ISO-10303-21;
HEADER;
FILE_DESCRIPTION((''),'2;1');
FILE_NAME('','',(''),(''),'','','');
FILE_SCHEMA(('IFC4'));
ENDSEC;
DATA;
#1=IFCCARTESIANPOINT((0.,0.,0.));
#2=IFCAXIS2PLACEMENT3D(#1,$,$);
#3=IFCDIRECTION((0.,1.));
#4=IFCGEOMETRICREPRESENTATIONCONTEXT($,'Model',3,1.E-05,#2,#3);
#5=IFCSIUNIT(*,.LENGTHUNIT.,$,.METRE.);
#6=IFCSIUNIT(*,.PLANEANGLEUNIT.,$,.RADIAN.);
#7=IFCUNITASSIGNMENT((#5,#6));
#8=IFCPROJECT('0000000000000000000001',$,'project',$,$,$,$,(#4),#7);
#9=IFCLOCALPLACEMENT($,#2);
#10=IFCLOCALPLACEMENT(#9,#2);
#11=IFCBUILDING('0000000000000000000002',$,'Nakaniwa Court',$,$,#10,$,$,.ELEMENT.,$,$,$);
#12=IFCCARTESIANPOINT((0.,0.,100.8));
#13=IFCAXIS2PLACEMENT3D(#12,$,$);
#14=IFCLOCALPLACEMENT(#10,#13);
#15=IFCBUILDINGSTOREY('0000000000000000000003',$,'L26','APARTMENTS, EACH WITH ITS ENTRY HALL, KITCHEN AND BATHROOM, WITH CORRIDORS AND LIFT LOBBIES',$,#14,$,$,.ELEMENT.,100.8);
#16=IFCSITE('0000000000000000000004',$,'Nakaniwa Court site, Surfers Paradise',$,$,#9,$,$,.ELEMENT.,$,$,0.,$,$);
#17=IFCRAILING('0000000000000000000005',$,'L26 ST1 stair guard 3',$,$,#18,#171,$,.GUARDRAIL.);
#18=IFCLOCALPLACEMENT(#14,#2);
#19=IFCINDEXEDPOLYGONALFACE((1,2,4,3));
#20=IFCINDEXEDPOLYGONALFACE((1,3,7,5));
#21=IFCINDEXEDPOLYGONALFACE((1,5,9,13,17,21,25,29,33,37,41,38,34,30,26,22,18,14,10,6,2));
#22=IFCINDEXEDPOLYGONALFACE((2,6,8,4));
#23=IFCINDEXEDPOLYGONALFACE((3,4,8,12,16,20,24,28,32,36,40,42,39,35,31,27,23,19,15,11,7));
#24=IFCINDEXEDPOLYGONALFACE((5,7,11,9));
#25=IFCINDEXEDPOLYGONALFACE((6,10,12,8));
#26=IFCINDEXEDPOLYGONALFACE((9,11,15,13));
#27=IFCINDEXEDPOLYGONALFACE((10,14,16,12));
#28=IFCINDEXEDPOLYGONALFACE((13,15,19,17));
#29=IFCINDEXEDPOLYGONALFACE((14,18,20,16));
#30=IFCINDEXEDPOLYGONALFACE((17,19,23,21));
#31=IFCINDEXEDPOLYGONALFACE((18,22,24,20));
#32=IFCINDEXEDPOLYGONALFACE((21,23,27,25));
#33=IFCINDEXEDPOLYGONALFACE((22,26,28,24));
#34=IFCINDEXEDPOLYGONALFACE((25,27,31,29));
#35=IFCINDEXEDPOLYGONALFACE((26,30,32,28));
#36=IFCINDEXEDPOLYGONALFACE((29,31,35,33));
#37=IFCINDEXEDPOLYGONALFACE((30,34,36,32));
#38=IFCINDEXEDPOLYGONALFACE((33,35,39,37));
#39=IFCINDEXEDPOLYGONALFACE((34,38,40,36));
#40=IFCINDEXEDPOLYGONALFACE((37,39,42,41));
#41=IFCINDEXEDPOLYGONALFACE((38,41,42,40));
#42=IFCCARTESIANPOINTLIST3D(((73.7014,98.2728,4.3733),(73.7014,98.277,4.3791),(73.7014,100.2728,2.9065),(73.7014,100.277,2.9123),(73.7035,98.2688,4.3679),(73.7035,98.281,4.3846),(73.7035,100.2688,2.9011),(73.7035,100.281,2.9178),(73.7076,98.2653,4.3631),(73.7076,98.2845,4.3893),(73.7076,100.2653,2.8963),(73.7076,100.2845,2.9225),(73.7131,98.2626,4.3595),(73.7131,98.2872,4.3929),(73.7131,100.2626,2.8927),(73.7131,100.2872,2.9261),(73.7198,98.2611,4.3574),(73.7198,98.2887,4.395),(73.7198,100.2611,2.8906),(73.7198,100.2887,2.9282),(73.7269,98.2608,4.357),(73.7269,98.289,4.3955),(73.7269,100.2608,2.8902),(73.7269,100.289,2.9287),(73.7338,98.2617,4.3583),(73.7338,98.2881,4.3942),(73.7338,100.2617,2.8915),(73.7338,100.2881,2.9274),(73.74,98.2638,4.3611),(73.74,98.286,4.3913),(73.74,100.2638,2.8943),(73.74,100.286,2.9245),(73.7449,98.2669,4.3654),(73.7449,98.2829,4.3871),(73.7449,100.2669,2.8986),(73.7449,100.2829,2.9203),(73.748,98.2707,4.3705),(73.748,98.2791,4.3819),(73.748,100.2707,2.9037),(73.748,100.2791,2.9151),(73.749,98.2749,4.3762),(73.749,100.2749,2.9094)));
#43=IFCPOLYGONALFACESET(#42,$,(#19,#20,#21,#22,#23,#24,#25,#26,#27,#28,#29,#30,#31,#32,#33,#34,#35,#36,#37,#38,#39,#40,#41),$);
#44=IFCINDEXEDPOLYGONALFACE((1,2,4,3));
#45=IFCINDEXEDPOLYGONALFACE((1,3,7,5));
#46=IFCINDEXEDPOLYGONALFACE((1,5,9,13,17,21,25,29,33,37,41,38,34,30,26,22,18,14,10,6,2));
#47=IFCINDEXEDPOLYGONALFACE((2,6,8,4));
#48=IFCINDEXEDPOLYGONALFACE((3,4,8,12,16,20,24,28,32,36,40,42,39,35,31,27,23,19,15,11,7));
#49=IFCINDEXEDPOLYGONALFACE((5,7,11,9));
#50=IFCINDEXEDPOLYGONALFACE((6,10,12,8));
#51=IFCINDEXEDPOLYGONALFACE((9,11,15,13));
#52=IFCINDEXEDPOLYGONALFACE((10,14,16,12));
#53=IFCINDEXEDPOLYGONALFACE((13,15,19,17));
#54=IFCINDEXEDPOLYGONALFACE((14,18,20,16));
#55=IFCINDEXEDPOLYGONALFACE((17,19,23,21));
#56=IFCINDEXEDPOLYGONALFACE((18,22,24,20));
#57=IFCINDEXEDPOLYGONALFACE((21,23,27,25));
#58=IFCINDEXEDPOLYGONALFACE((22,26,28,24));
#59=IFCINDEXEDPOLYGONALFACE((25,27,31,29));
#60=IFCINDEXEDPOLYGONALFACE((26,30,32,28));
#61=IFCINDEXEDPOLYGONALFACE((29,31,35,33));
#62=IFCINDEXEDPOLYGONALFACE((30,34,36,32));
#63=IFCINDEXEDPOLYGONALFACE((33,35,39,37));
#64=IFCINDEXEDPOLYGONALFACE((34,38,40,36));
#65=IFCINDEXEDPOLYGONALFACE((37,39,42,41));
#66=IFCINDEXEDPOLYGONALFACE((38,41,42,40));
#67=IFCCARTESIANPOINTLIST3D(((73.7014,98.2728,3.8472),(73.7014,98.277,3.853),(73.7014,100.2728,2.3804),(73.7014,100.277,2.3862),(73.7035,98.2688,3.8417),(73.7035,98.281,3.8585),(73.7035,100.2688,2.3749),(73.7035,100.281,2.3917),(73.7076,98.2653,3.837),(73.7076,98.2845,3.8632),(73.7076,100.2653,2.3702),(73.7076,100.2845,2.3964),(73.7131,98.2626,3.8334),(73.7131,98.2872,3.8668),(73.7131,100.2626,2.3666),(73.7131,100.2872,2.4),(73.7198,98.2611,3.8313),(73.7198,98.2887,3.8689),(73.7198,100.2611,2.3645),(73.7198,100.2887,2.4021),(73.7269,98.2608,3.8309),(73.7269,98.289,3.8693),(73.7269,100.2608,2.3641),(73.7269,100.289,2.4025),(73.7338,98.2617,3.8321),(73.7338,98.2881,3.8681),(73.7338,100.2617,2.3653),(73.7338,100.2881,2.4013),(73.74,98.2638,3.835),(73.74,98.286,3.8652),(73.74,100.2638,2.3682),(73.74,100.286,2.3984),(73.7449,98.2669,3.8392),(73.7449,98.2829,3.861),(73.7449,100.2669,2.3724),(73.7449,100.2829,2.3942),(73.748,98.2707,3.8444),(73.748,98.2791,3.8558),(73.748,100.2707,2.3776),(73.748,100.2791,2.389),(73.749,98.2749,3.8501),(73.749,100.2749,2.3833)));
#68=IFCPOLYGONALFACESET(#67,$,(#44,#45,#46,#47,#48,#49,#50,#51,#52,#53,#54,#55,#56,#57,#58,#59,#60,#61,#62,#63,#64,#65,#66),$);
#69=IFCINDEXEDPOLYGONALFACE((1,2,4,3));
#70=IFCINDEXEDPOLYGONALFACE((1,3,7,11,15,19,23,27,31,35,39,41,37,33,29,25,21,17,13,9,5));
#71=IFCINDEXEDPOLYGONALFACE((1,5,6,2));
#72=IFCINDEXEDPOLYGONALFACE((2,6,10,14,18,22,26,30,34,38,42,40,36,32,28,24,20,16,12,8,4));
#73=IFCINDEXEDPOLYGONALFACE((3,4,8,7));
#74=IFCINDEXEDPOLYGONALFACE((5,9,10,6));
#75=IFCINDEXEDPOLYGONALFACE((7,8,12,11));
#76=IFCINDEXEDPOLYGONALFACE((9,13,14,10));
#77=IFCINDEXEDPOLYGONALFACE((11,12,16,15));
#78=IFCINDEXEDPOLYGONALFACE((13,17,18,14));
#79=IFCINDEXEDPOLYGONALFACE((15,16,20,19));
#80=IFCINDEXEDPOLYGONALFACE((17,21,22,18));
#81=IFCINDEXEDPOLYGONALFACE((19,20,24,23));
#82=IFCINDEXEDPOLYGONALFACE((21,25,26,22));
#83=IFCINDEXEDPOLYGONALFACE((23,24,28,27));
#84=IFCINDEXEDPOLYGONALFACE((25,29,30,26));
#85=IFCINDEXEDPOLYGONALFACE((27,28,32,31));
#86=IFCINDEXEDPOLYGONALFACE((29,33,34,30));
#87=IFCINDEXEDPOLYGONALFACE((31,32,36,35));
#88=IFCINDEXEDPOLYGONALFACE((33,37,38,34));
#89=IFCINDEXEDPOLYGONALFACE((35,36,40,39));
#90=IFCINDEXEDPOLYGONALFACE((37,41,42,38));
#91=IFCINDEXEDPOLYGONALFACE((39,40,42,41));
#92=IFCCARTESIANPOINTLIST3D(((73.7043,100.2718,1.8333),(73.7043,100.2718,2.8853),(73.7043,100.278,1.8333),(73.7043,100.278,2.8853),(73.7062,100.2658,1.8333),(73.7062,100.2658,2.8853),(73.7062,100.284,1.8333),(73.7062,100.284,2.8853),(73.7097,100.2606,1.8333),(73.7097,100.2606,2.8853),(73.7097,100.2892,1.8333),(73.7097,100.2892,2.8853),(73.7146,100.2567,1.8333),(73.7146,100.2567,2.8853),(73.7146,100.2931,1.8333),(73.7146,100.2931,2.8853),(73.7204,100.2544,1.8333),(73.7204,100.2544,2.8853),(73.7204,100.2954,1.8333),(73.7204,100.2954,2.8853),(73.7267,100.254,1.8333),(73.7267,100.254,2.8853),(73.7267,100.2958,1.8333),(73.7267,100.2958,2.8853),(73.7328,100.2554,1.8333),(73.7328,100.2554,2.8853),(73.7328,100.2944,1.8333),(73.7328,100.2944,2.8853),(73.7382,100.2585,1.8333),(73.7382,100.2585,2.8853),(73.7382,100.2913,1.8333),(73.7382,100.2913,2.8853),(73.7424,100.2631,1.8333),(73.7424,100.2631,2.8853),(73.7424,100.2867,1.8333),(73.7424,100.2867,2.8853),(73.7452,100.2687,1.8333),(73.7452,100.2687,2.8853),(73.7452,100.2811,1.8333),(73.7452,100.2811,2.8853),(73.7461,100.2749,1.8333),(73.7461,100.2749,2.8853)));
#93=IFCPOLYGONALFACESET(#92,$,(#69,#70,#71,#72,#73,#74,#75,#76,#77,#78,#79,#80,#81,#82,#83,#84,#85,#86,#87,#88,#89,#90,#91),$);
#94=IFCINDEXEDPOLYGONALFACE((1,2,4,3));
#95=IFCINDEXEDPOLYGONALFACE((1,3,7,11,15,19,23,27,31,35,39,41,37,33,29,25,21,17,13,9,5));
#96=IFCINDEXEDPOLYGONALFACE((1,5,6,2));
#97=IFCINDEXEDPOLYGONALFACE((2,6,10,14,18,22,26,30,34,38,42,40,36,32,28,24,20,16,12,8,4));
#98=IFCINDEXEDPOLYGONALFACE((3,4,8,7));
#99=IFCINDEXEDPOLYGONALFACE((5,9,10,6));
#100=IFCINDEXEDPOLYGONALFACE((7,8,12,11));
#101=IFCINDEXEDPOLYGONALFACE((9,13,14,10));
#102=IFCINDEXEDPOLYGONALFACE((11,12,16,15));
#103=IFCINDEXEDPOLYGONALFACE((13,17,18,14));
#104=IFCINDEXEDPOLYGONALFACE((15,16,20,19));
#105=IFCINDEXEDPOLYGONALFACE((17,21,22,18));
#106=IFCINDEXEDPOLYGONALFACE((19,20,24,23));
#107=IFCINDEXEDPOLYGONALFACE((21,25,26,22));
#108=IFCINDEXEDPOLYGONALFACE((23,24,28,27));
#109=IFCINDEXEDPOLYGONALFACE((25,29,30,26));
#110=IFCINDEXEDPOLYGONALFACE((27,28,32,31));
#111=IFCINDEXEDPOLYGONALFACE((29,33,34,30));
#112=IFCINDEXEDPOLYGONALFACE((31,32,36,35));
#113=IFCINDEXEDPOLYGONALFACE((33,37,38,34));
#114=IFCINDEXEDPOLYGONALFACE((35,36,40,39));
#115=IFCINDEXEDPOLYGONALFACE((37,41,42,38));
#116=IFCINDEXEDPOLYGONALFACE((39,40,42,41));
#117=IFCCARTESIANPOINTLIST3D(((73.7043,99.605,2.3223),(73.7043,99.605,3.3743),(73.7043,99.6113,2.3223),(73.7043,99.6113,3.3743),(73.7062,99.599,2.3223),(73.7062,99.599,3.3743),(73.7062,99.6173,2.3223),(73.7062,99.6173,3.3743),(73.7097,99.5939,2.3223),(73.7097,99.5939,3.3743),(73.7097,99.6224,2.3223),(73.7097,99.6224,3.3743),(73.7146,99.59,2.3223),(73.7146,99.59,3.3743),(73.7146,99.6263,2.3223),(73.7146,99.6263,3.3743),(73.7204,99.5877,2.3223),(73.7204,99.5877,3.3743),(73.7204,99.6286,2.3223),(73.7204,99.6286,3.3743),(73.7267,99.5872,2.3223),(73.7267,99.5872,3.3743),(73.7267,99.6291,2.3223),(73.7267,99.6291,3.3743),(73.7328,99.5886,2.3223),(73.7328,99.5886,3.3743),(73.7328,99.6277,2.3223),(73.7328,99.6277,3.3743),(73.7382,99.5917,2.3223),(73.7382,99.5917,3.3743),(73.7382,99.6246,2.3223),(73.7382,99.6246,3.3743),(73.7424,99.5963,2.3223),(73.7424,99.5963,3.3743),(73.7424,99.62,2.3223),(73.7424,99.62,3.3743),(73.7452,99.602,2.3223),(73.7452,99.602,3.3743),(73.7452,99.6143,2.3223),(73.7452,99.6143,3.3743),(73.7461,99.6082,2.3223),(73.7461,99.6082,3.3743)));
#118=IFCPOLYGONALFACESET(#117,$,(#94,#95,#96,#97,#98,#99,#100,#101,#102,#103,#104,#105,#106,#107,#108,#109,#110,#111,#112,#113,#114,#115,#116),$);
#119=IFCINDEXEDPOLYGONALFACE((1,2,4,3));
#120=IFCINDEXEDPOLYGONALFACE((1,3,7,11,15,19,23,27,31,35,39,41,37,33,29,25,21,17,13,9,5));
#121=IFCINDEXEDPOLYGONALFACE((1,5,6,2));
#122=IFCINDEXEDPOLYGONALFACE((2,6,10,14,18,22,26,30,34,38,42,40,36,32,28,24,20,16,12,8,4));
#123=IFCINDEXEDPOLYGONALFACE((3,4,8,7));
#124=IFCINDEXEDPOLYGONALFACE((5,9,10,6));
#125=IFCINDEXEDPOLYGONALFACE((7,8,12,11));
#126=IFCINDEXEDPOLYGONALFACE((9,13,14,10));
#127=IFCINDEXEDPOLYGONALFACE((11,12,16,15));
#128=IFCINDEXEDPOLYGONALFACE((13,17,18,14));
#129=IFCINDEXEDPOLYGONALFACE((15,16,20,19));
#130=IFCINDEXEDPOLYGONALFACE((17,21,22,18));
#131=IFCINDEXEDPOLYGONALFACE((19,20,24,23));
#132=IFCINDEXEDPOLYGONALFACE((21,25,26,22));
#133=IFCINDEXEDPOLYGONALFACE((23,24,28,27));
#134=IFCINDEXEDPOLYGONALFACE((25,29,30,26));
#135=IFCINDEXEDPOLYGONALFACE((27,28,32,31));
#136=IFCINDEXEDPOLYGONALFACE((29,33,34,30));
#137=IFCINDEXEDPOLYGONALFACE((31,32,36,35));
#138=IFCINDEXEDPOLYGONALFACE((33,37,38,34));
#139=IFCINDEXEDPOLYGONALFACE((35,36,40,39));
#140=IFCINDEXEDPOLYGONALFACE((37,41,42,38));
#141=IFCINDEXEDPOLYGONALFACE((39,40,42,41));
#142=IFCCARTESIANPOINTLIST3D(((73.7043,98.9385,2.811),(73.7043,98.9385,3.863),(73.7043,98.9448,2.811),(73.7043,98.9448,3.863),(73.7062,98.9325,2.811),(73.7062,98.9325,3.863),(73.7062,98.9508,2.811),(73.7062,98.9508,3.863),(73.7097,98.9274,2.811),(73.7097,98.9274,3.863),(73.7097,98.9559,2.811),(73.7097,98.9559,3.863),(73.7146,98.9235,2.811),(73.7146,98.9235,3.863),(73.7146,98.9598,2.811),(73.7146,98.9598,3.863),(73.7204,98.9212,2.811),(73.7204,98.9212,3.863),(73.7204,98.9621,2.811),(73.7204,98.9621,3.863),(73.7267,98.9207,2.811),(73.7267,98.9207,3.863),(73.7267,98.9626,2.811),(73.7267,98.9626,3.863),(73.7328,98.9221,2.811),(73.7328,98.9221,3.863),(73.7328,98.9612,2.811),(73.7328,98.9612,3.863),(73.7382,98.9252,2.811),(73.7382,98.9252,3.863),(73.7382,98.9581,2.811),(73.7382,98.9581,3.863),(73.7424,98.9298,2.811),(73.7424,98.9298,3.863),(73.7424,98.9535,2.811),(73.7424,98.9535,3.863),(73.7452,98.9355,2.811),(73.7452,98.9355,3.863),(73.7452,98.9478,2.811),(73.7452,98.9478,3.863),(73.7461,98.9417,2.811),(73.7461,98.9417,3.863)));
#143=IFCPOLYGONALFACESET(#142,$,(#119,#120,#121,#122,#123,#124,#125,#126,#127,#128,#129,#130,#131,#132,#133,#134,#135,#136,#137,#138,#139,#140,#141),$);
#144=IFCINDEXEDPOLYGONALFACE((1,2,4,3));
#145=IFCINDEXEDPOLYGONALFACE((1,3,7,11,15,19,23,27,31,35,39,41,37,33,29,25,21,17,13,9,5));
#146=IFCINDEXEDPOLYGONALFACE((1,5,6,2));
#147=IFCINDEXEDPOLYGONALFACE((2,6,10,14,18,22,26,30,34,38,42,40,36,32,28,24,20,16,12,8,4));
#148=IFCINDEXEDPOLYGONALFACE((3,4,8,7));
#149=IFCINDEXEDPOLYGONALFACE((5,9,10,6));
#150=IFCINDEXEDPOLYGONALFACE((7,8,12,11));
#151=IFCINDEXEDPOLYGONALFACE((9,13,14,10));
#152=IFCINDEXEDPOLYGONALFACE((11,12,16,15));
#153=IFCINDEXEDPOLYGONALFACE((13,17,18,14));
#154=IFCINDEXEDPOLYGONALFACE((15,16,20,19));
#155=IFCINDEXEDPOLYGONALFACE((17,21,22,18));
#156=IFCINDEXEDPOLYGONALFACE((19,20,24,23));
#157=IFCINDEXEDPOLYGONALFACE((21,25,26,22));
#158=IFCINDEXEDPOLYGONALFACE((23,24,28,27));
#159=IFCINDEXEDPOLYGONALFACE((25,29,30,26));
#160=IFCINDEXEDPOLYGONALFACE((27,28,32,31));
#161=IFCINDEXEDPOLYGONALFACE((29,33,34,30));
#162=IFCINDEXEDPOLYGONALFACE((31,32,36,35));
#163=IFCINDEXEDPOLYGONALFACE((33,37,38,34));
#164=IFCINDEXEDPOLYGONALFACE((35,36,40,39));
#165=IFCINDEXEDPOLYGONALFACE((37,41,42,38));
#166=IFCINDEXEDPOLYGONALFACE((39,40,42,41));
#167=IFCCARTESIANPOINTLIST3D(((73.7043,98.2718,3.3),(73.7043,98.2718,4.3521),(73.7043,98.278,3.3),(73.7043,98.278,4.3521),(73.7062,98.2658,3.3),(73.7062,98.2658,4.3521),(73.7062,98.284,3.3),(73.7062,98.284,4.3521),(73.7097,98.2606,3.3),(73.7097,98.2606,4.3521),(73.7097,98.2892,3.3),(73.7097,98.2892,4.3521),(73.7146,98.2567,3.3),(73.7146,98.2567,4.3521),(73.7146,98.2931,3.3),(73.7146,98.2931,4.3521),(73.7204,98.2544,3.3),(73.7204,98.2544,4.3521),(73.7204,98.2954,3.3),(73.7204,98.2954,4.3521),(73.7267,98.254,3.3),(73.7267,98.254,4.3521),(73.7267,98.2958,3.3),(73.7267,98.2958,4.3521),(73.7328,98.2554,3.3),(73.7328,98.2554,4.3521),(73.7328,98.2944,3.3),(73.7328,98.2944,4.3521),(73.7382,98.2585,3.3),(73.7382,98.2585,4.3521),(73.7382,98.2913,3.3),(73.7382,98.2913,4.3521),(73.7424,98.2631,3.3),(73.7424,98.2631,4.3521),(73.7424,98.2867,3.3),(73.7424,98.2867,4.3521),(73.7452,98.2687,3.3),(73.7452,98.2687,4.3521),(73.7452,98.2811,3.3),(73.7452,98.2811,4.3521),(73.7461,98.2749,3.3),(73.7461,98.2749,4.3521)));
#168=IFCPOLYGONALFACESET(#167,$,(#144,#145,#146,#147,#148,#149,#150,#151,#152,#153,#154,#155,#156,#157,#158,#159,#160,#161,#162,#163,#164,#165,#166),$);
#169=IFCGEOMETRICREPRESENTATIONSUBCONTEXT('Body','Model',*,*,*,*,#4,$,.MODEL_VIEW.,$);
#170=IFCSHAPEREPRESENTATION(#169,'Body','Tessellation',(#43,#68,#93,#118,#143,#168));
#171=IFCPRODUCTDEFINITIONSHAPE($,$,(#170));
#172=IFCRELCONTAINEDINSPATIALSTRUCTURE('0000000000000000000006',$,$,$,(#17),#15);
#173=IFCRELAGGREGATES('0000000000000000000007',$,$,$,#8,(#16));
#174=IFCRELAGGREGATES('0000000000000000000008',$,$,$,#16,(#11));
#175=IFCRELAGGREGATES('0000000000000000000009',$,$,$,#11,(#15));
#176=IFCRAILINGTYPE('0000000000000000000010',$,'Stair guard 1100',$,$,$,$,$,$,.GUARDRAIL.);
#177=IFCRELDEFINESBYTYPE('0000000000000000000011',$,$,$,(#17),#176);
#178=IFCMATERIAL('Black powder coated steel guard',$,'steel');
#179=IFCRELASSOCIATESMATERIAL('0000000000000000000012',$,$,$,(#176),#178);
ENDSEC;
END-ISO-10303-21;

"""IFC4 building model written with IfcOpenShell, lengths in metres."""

from ifc_helpers import new_model, si_unit, direction, frame, origin, origin_2d, place, context, subcontext, project, spatial, circle, extrude, material, type_object, element, save


model = new_model("IFC4")

# Units and contexts
model_context = context("Model", 3, precision=1e-05, world=origin(), true_north=direction((0.0, 1.0)))
body_context = subcontext(model_context, "Body", "Model", "MODEL_VIEW")
ifc_project = project(units=[si_unit("LENGTHUNIT", "METRE"), si_unit("PLANEANGLEUNIT", "RADIAN")], contexts=[model_context])

# Site, building, storey
site_placement = place(None, origin())
site = spatial("IfcSite", under=ifc_project, at=site_placement, Name="Nakaniwa Court site, Surfers Paradise", CompositionType="ELEMENT", RefElevation=0.0)
building_placement = place(site_placement, origin())
building = spatial("IfcBuilding", under=site, at=building_placement, Name="Nakaniwa Court", CompositionType="ELEMENT")
storey_placement = place(building_placement, frame((0.0, 0.0, 100.8)))
storey = spatial("IfcBuildingStorey", under=building, at=storey_placement, Name="L26", Description="APARTMENTS, EACH WITH ITS ENTRY HALL, KITCHEN AND BATHROOM, WITH CORRIDORS AND LIFT LOBBIES", CompositionType="ELEMENT", Elevation=100.8)

# Railing
ifc_material_1 = material(Name="Black powder coated steel guard", Category="steel")
railing_type_1 = type_object("IfcRailingType", Name="Stair guard 1100", PredefinedType="GUARDRAIL", material=ifc_material_1)
railing_1_placement = place(storey_placement, frame((73.7251, 100.2749, 1.8333)))
element("IfcRailing", 1, at=railing_1_placement, inside=storey, type_object=railing_type_1, Name="L26 ST1 stair guard 3", PredefinedType="GUARDRAIL", context=body_context, shape_type="SweptSolid", body=[
    extrude(circle(Radius=0.0239, at=origin_2d()), frame((0.0, 0.0, 1.0762), z_axis=(0.0, -0.80638, 0.591398), x_axis=(1.0, 0.0, 0.0)), (0.0, 0.0, 1.0), 2.4802),
    extrude(circle(Radius=0.0239, at=origin_2d()), frame((0.0, 0.0, 0.55), z_axis=(0.0, -0.80638, 0.591398), x_axis=(1.0, 0.0, 0.0)), (0.0, 0.0, 1.0), 2.4802),
    extrude(circle(Radius=0.021, at=origin_2d()), origin(), (0.0, 0.0, 1.0), 1.052),
    extrude(circle(Radius=0.021, at=origin_2d()), frame((0.0, -0.6667, 0.489)), (0.0, 0.0, 1.0), 1.052),
    extrude(circle(Radius=0.021, at=origin_2d()), frame((0.0, -1.3333, 0.9778)), (0.0, 0.0, 1.0), 1.052),
    extrude(circle(Radius=0.021, at=origin_2d()), frame((0.0, -2.0, 1.4668)), (0.0, 0.0, 1.0), 1.052),
])

save(model, "model.ifc")
